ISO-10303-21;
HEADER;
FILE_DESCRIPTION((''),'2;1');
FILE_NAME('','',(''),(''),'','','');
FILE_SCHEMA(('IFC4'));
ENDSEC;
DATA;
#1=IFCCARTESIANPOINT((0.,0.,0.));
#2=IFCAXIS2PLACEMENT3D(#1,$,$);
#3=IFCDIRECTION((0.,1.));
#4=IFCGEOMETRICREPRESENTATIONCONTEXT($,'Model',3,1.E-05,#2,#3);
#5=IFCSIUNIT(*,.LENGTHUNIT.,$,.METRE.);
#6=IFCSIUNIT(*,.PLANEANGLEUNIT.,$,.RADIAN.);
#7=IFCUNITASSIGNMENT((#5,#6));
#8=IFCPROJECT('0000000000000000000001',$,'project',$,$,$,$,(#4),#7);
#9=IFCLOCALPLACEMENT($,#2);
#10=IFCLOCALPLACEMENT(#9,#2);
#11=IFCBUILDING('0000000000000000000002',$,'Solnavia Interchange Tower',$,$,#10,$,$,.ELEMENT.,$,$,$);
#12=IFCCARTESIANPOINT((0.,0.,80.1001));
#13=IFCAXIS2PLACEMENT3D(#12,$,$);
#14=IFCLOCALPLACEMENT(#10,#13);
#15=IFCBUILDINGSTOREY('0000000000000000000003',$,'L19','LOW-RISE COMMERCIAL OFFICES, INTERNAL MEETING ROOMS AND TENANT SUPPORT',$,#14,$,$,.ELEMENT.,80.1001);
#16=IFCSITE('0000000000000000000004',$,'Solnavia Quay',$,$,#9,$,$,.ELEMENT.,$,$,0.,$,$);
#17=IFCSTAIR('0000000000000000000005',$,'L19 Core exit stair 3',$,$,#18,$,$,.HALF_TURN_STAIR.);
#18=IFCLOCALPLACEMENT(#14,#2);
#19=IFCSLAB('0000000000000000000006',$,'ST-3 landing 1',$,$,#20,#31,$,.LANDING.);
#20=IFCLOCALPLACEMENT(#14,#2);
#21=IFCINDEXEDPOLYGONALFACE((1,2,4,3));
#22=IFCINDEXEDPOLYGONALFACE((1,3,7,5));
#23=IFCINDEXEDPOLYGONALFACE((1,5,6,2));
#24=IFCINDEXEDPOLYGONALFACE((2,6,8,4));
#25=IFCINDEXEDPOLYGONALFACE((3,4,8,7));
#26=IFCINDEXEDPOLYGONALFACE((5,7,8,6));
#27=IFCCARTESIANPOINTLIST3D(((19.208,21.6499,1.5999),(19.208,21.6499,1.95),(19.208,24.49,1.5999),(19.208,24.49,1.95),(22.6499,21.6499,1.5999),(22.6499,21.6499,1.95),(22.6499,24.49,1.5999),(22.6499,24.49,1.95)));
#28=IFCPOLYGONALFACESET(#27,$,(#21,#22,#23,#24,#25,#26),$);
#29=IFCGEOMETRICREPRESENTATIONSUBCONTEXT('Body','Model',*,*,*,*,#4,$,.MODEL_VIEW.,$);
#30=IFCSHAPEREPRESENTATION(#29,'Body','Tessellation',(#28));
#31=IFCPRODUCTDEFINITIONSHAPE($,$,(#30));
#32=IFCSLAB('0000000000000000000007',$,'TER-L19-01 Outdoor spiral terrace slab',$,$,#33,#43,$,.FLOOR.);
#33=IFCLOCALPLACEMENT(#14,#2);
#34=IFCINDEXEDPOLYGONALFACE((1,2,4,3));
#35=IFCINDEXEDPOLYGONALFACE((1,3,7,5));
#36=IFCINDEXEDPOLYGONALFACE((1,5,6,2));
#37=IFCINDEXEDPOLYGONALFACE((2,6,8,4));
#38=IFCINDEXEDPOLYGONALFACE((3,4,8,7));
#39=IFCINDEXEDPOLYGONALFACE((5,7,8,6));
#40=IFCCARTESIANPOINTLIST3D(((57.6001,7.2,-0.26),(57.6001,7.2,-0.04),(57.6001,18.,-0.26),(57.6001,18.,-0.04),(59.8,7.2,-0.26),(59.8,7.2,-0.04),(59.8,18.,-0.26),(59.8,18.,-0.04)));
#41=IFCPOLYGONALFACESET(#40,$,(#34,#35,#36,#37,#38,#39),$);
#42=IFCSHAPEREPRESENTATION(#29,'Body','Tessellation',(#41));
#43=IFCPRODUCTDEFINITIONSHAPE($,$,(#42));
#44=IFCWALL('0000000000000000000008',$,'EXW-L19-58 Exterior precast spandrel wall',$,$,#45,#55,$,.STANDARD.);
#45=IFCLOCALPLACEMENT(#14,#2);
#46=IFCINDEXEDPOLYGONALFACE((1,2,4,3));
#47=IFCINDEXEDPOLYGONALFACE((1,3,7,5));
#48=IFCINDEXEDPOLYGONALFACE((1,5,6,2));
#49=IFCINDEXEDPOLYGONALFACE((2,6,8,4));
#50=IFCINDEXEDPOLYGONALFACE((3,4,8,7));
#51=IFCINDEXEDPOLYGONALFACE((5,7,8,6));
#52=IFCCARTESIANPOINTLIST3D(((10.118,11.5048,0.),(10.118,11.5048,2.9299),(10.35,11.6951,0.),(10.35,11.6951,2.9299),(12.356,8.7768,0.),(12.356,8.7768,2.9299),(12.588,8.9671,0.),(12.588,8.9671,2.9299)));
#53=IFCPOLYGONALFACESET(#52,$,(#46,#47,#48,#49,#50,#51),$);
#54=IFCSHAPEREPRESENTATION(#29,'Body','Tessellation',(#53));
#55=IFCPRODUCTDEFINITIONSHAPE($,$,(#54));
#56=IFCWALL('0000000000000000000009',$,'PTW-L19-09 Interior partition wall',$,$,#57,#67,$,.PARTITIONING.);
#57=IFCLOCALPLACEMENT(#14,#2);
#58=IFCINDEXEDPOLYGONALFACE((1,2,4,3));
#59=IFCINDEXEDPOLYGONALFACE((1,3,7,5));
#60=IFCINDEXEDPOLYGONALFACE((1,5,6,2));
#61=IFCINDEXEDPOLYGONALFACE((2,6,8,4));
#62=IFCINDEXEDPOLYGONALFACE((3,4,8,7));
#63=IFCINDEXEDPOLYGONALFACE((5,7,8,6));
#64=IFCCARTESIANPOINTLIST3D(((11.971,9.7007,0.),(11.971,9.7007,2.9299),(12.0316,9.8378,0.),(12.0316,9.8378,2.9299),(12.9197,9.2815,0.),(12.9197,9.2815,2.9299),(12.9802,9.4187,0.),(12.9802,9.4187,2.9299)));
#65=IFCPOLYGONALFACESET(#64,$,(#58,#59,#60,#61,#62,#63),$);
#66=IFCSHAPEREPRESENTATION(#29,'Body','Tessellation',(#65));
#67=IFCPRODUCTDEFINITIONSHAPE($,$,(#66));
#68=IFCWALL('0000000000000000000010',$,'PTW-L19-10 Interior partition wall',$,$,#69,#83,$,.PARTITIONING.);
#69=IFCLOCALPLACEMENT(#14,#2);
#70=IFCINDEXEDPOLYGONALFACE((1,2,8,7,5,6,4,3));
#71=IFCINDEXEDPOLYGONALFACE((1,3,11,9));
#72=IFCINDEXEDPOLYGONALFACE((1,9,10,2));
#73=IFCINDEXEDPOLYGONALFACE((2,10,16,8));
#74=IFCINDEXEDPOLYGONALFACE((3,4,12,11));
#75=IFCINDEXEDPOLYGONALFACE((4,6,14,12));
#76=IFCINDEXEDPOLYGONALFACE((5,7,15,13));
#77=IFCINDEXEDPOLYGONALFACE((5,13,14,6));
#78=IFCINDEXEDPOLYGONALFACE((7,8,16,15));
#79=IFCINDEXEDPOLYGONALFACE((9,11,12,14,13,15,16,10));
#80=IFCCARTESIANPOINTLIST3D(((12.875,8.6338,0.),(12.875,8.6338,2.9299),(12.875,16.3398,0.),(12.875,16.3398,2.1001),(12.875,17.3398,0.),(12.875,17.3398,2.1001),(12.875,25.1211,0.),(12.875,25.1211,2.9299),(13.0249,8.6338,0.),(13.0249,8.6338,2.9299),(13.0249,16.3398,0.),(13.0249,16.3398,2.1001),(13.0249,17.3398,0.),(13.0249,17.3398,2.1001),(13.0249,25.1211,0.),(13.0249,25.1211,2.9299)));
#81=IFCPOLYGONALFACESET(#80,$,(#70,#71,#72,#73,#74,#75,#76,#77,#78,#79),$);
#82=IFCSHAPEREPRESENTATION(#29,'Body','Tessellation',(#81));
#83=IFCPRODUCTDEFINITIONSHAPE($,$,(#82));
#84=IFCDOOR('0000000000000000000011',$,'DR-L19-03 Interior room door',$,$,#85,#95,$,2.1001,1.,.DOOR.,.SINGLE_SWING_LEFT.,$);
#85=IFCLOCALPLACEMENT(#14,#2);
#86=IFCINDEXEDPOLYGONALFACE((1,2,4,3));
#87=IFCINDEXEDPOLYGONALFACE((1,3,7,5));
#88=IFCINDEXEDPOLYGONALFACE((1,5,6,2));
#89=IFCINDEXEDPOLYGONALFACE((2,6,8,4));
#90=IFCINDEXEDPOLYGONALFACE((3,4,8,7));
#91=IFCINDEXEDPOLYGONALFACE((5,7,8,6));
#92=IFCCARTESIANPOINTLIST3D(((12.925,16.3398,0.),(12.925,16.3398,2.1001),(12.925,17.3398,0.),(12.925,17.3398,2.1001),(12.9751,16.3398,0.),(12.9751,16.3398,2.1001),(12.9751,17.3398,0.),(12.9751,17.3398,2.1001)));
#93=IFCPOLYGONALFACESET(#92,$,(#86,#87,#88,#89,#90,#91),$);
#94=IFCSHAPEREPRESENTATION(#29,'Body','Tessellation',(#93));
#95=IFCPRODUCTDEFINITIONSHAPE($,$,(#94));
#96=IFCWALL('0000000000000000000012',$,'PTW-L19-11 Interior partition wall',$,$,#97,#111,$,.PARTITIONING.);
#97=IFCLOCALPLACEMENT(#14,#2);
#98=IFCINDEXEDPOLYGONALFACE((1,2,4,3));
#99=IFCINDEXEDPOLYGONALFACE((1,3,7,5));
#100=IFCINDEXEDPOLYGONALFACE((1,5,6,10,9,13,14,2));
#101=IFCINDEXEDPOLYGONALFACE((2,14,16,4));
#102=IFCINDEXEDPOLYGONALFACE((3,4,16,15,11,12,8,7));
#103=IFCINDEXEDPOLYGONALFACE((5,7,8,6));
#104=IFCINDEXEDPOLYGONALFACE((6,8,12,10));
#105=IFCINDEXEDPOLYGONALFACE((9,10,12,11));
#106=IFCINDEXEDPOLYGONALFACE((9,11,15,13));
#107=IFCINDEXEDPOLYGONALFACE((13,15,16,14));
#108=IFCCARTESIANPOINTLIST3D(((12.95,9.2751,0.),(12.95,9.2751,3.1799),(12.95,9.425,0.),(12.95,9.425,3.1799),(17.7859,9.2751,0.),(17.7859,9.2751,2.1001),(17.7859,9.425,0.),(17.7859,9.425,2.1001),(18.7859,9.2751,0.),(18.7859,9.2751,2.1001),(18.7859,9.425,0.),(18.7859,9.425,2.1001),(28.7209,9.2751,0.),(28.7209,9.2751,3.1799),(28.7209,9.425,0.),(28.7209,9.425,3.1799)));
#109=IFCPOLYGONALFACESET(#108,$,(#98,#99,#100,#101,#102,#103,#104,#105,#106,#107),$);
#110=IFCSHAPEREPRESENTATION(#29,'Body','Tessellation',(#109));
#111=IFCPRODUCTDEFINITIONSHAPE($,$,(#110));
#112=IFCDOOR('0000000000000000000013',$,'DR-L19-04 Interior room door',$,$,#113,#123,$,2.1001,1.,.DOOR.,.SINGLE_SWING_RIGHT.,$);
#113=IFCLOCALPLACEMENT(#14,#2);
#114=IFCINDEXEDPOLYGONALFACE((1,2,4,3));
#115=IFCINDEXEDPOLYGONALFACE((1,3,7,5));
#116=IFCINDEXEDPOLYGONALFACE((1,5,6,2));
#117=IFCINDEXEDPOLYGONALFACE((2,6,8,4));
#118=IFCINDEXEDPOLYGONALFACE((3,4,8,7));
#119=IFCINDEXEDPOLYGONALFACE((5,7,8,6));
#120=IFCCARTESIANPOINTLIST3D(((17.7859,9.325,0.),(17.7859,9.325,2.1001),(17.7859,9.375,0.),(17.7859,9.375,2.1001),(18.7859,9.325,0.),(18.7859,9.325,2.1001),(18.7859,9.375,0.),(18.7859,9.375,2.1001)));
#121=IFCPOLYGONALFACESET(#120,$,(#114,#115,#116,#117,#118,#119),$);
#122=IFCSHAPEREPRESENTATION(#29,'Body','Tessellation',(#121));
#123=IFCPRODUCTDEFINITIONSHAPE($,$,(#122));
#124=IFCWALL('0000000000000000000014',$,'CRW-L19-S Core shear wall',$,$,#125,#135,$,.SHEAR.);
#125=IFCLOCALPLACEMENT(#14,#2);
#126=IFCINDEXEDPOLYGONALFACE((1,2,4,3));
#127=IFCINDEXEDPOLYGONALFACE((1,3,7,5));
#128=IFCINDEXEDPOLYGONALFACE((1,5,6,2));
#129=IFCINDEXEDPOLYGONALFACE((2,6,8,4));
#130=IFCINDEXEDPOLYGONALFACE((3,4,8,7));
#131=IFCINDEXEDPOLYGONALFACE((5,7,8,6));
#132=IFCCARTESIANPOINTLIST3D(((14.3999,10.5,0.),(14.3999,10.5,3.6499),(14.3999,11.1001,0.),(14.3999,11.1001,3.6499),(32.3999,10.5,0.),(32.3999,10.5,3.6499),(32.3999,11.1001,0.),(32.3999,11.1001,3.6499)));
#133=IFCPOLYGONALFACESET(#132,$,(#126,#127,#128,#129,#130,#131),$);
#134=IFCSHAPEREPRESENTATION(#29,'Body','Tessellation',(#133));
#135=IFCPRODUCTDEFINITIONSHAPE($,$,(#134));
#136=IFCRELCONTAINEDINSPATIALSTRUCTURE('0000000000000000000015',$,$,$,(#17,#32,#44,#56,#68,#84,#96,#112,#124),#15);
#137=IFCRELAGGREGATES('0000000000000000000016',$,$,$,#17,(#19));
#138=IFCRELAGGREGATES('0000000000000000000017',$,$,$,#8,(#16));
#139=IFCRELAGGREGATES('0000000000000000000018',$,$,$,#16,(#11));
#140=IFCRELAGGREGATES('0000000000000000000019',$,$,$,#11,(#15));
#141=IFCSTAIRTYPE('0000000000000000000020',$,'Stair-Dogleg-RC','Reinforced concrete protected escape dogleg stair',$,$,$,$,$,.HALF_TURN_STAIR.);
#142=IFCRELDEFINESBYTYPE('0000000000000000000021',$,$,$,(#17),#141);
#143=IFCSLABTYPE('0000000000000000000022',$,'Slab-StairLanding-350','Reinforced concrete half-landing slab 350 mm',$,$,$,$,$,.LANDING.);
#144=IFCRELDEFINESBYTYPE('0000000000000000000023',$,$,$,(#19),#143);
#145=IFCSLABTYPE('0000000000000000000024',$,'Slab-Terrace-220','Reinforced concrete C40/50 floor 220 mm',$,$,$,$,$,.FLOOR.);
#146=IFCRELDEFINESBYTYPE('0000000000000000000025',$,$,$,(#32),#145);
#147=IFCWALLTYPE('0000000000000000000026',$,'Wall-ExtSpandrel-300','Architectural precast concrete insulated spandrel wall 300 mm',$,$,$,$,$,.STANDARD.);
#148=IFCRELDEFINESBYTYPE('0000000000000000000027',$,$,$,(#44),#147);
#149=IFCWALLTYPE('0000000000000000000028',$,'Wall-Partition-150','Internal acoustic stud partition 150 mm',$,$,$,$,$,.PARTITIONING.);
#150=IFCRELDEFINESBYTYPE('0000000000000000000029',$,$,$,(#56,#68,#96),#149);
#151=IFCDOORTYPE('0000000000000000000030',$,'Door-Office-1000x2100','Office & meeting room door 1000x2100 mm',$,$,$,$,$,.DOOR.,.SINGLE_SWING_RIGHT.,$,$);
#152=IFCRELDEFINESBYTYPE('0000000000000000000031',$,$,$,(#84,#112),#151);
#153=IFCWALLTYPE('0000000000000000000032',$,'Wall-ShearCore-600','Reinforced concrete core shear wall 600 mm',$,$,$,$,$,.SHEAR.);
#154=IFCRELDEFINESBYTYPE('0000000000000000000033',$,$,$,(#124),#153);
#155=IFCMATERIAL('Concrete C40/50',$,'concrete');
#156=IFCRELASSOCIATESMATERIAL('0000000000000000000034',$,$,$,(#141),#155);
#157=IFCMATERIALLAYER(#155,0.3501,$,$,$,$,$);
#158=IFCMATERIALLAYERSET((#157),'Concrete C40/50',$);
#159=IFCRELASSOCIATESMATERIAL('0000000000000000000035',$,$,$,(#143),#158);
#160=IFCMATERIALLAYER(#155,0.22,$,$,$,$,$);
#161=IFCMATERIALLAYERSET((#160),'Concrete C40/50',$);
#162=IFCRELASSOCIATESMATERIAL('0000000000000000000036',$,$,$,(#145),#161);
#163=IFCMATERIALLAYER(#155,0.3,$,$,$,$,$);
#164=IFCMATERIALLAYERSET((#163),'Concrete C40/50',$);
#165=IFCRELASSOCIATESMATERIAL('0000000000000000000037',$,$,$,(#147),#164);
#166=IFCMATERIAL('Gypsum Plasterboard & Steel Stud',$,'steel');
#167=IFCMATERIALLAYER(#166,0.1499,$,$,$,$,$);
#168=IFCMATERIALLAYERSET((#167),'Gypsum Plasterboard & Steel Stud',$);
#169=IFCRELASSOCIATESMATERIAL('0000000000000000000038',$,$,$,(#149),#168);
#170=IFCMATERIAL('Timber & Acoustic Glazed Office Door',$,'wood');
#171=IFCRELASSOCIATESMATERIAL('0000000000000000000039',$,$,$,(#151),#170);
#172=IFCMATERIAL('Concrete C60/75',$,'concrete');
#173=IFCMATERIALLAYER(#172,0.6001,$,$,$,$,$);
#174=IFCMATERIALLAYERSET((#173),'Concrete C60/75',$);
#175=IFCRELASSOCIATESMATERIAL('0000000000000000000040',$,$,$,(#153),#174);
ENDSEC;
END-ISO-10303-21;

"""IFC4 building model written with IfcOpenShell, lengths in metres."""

from ifc_helpers import new_model, si_unit, direction, frame, frame_2d, origin, place, context, subcontext, project, spatial, polyline, rectangle, outline, extrude, material, layer, layer_set, type_object, element, fill, aggregate, save


model = new_model("IFC4")

# Units and contexts
model_context = context("Model", 3, precision=1e-05, world=origin(), true_north=direction((0.0, 1.0)))
body_context = subcontext(model_context, "Body", "Model", "MODEL_VIEW")
ifc_project = project(units=[si_unit("LENGTHUNIT", "METRE"), si_unit("PLANEANGLEUNIT", "RADIAN")], contexts=[model_context])

# Site, building, storey
site_placement = place(None, origin())
site = spatial("IfcSite", under=ifc_project, at=site_placement, Name="Solnavia Quay", CompositionType="ELEMENT", RefElevation=0.0)
building_placement = place(site_placement, origin())
building = spatial("IfcBuilding", under=site, at=building_placement, Name="Solnavia Interchange Tower", CompositionType="ELEMENT")
storey_placement = place(building_placement, frame((0.0, 0.0, 80.1001)))
storey = spatial("IfcBuildingStorey", under=building, at=storey_placement, Name="L19", Description="LOW-RISE COMMERCIAL OFFICES, INTERNAL MEETING ROOMS AND TENANT SUPPORT", CompositionType="ELEMENT", Elevation=80.1001)

# Shared definitions
ifc_material_1 = material(Name="Concrete C60/75", Category="concrete")

# Shared definitions
ifc_material_2 = material(Name="Concrete C40/50", Category="concrete")

# Stair, slab
stair_type = type_object("IfcStairType", Name="Stair-Dogleg-RC", Description="Reinforced concrete protected escape dogleg stair", PredefinedType="HALF_TURN_STAIR", material=ifc_material_2)
ifc_layer_1 = layer(ifc_material_2, 0.3501)
ifc_layer_set_1 = layer_set([ifc_layer_1], Name="Concrete C40/50")
slab_type_1 = type_object("IfcSlabType", Name="Slab-StairLanding-350", Description="Reinforced concrete half-landing slab 350 mm", PredefinedType="LANDING", material=ifc_layer_set_1)
stair_1_placement = place(storey_placement, origin())
stair_1 = element("IfcStair", 1, at=stair_1_placement, inside=storey, type_object=stair_type, Name="L19 Core exit stair 3", PredefinedType="HALF_TURN_STAIR")
slab_1_placement = place(storey_placement, frame((0.0, 0.0, 1.5999)))
slab_1 = element("IfcSlab", 2, at=slab_1_placement, type_object=slab_type_1, Name="ST-3 landing 1", PredefinedType="LANDING", context=body_context, shape_type="SweptSolid", body=[
    extrude(outline(polyline([(19.208, 21.6499), (22.6499, 21.6499), (22.6499, 24.49), (19.208, 24.49), (19.208, 21.6499)])), origin(), (0.0, 0.0, 1.0), 0.3501),
])
aggregate(stair_1, [slab_1])

# Slab
ifc_layer_2 = layer(ifc_material_2, 0.22)
ifc_layer_set_2 = layer_set([ifc_layer_2], Name="Concrete C40/50")
slab_type_2 = type_object("IfcSlabType", Name="Slab-Terrace-220", Description="Reinforced concrete C40/50 floor 220 mm", PredefinedType="FLOOR", material=ifc_layer_set_2)
slab_2_placement = place(storey_placement, frame((0.0, 0.0, -0.26)))
element("IfcSlab", 3, at=slab_2_placement, inside=storey, type_object=slab_type_2, Name="TER-L19-01 Outdoor spiral terrace slab", PredefinedType="FLOOR", context=body_context, shape_type="SweptSolid", body=[
    extrude(outline(polyline([(57.6001, 7.2), (59.8, 7.2), (59.8, 18.0), (57.6001, 18.0), (57.6001, 7.2)])), origin(), (0.0, 0.0, 1.0), 0.22),
])

# Walls
ifc_layer_3 = layer(ifc_material_2, 0.3)
ifc_layer_set_3 = layer_set([ifc_layer_3], Name="Concrete C40/50")
wall_type_1 = type_object("IfcWallType", Name="Wall-ExtSpandrel-300", Description="Architectural precast concrete insulated spandrel wall 300 mm", PredefinedType="STANDARD", material=ifc_layer_set_3)
wall_1_placement = place(storey_placement, frame((12.4719, 8.8721, 0.0), z_axis=(0.0, 0.0, 1.0), x_axis=(-0.634258, 0.773121, 0.0)))
element("IfcWall", 4, at=wall_1_placement, inside=storey, type_object=wall_type_1, Name="EXW-L19-58 Exterior precast spandrel wall", PredefinedType="STANDARD", context=body_context, shape_type="SweptSolid", body=[
    extrude(rectangle(XDim=3.5286, YDim=0.3, at=frame_2d((1.7642, 0.0))), origin(), (0.0, 0.0, 1.0), 2.9299),
])
ifc_material_3 = material(Name="Gypsum Plasterboard & Steel Stud", Category="steel")
ifc_layer_4 = layer(ifc_material_3, 0.1499)
ifc_layer_set_4 = layer_set([ifc_layer_4], Name="Gypsum Plasterboard & Steel Stud")
wall_type_2 = type_object("IfcWallType", Name="Wall-Partition-150", Description="Internal acoustic stud partition 150 mm", PredefinedType="PARTITIONING", material=ifc_layer_set_4)
wall_2_placement = place(storey_placement, frame((12.95, 9.3501, 0.0), z_axis=(0.0, 0.0, 1.0), x_axis=(-0.914693, 0.40415, 0.0)))
element("IfcWall", 5, at=wall_2_placement, inside=storey, type_object=wall_type_2, Name="PTW-L19-09 Interior partition wall", PredefinedType="PARTITIONING", context=body_context, shape_type="SweptSolid", body=[
    extrude(rectangle(XDim=1.0371, YDim=0.1499, at=frame_2d((0.5186, 0.0))), origin(), (0.0, 0.0, 1.0), 2.9299),
])

# Walls, openings, doors
wall_3_placement = place(storey_placement, frame((12.95, 8.6338, 0.0), z_axis=(0.0, 0.0, 1.0), x_axis=(0.0, 1.0, 0.0)))
wall_3 = element("IfcWall", 6, at=wall_3_placement, inside=storey, type_object=wall_type_2, Name="PTW-L19-10 Interior partition wall", PredefinedType="PARTITIONING", context=body_context, shape_type="SweptSolid", body=[
    extrude(rectangle(XDim=16.4873, YDim=0.1499, at=frame_2d((8.2437, 0.0))), origin(), (0.0, 0.0, 1.0), 2.9299),
])
opening_1_placement = place(wall_3_placement, frame((7.7061, 0.0, 0.0)))
opening_1 = element("IfcOpeningElement", 7, at=opening_1_placement, cuts=wall_3, PredefinedType="OPENING", context=body_context, shape_type="SweptSolid", body=[
    extrude(rectangle(XDim=1.0, YDim=2.1001, at=frame_2d((0.5, 1.05))), frame((0.0, 0.085, 0.0), z_axis=(0.0, -1.0, 0.0), x_axis=(1.0, 0.0, 0.0)), (0.0, 0.0, 1.0), 0.1699),
])
ifc_material_4 = material(Name="Timber & Acoustic Glazed Office Door", Category="wood")
door_type_1 = type_object("IfcDoorType", Name="Door-Office-1000x2100", Description="Office & meeting room door 1000x2100 mm", OperationType="SINGLE_SWING_RIGHT", PredefinedType="DOOR", material=ifc_material_4)
door_1_placement = place(opening_1_placement, origin())
door_1 = element("IfcDoor", 8, at=door_1_placement, inside=storey, type_object=door_type_1, Name="DR-L19-03 Interior room door", OperationType="SINGLE_SWING_LEFT", OverallHeight=2.1001, OverallWidth=1.0, PredefinedType="DOOR", context=body_context, shape_type="SweptSolid", body=[
    extrude(rectangle(XDim=1.0, YDim=2.1001, at=frame_2d((0.5, 1.05))), frame((0.0, 0.0249, 0.0), z_axis=(0.0, -1.0, 0.0), x_axis=(1.0, 0.0, 0.0)), (0.0, 0.0, 1.0), 0.05),
])
fill(opening_1, door_1)
wall_4_placement = place(storey_placement, frame((12.95, 9.3501, 0.0), z_axis=(0.0, 0.0, 1.0), x_axis=(1.0, 0.0, 0.0)))
wall_4 = element("IfcWall", 9, at=wall_4_placement, inside=storey, type_object=wall_type_2, Name="PTW-L19-11 Interior partition wall", PredefinedType="PARTITIONING", context=body_context, shape_type="SweptSolid", body=[
    extrude(rectangle(XDim=15.771, YDim=0.1499, at=frame_2d((7.8855, 0.0))), origin(), (0.0, 0.0, 1.0), 3.1799),
])
opening_2_placement = place(wall_4_placement, frame((4.8359, 0.0, 0.0)))
opening_2 = element("IfcOpeningElement", 10, at=opening_2_placement, cuts=wall_4, PredefinedType="OPENING", context=body_context, shape_type="SweptSolid", body=[
    extrude(rectangle(XDim=1.0, YDim=2.1001, at=frame_2d((0.5, 1.05))), frame((0.0, 0.085, 0.0), z_axis=(0.0, -1.0, 0.0), x_axis=(1.0, 0.0, 0.0)), (0.0, 0.0, 1.0), 0.1699),
])
door_2_placement = place(opening_2_placement, origin())
door_2 = element("IfcDoor", 11, at=door_2_placement, inside=storey, type_object=door_type_1, Name="DR-L19-04 Interior room door", OperationType="SINGLE_SWING_RIGHT", OverallHeight=2.1001, OverallWidth=1.0, PredefinedType="DOOR", context=body_context, shape_type="SweptSolid", body=[
    extrude(rectangle(XDim=1.0, YDim=2.1001, at=frame_2d((0.5, 1.05))), frame((0.0, 0.0249, 0.0), z_axis=(0.0, -1.0, 0.0), x_axis=(1.0, 0.0, 0.0)), (0.0, 0.0, 1.0), 0.05),
])
fill(opening_2, door_2)

# Wall
ifc_layer_5 = layer(ifc_material_1, 0.6001)
ifc_layer_set_5 = layer_set([ifc_layer_5], Name="Concrete C60/75")
wall_type_3 = type_object("IfcWallType", Name="Wall-ShearCore-600", Description="Reinforced concrete core shear wall 600 mm", PredefinedType="SHEAR", material=ifc_layer_set_5)
wall_5_placement = place(storey_placement, frame((14.3999, 10.8, 0.0), z_axis=(0.0, 0.0, 1.0), x_axis=(1.0, 0.0, 0.0)))
element("IfcWall", 12, at=wall_5_placement, inside=storey, type_object=wall_type_3, Name="CRW-L19-S Core shear wall", PredefinedType="SHEAR", context=body_context, shape_type="SweptSolid", body=[
    extrude(rectangle(XDim=18.0, YDim=0.6001, at=frame_2d((9.0, 0.0))), origin(), (0.0, 0.0, 1.0), 3.6499),
])

save(model, "model.ifc")
